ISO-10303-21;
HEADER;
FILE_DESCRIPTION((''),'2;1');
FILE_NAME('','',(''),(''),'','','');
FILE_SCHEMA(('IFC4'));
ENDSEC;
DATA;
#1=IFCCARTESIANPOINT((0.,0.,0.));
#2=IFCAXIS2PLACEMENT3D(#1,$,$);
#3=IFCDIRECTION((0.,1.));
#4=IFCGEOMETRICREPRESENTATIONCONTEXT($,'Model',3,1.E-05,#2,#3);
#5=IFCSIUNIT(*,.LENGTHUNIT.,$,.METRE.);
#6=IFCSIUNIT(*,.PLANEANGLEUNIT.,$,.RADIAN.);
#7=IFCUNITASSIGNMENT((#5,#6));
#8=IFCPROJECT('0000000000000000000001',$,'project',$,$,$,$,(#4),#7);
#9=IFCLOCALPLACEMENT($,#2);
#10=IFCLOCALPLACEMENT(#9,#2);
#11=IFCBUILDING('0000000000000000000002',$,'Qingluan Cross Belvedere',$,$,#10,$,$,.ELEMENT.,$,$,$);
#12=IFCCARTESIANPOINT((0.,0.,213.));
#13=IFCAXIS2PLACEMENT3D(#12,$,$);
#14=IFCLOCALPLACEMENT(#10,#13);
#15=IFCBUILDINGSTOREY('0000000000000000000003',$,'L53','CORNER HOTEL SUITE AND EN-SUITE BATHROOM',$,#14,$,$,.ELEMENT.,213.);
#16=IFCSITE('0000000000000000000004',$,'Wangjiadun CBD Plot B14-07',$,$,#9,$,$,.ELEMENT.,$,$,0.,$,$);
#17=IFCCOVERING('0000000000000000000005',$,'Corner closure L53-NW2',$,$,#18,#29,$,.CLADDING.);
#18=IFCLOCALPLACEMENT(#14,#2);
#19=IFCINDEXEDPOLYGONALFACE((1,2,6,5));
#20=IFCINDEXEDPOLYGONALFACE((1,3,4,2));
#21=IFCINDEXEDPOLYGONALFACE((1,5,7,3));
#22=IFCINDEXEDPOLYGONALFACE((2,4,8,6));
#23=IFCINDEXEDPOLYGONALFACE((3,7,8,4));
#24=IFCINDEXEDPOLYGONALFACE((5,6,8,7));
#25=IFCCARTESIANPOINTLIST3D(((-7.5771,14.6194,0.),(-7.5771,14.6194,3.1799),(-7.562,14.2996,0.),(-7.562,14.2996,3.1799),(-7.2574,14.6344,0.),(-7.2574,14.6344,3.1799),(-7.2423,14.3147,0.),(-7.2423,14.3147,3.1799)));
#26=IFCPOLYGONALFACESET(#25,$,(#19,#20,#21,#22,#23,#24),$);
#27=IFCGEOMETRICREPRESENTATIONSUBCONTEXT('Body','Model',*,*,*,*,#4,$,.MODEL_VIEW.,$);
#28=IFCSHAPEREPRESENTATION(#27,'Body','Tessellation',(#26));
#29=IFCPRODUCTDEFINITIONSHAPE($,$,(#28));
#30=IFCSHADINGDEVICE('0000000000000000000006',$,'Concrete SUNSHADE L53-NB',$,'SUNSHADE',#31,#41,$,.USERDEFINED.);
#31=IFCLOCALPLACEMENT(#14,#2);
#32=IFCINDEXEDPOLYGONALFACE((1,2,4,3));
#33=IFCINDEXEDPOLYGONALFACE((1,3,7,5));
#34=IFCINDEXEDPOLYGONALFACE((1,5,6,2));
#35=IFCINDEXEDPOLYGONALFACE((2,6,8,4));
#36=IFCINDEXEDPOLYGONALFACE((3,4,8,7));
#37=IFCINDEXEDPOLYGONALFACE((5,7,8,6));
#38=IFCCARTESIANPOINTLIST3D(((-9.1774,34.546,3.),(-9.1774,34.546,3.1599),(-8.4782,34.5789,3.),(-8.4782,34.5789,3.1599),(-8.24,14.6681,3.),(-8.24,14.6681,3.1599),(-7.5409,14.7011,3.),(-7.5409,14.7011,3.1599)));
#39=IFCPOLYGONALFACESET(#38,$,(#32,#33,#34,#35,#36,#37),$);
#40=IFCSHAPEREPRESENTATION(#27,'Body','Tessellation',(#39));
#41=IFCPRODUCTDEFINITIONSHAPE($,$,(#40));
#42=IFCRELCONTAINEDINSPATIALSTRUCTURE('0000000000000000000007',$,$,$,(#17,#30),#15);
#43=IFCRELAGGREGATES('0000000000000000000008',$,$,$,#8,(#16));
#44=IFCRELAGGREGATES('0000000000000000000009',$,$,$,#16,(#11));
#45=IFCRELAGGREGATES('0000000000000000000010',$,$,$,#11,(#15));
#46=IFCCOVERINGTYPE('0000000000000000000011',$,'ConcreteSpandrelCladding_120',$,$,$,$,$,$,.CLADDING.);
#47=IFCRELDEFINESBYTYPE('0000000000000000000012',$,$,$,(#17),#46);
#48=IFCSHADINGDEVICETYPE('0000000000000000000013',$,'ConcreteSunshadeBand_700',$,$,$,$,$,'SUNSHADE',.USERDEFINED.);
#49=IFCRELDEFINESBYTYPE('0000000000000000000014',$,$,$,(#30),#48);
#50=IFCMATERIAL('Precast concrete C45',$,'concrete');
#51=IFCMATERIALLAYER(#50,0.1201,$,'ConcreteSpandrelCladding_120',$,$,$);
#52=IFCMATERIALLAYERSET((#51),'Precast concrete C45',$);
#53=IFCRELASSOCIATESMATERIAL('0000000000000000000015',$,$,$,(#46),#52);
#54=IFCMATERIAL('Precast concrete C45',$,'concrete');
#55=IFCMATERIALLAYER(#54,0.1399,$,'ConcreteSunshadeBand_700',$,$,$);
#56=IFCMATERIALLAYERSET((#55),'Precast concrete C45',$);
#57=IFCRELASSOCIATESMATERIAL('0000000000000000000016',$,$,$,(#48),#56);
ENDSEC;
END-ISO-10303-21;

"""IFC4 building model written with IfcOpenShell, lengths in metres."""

from ifc_helpers import new_model, si_unit, direction, frame, origin, origin_2d, place, context, subcontext, project, spatial, rectangle, extrude, material, layer, layer_set, type_object, element, save


model = new_model("IFC4")

# Units and contexts
model_context = context("Model", 3, precision=1e-05, world=origin(), true_north=direction((0.0, 1.0)))
body_context = subcontext(model_context, "Body", "Model", "MODEL_VIEW")
ifc_project = project(units=[si_unit("LENGTHUNIT", "METRE"), si_unit("PLANEANGLEUNIT", "RADIAN")], contexts=[model_context])

# Site, building, storey
site_placement = place(None, origin())
site = spatial("IfcSite", under=ifc_project, at=site_placement, Name="Wangjiadun CBD Plot B14-07", CompositionType="ELEMENT", RefElevation=0.0)
building_placement = place(site_placement, origin())
building = spatial("IfcBuilding", under=site, at=building_placement, Name="Qingluan Cross Belvedere", CompositionType="ELEMENT")
storey_placement = place(building_placement, frame((0.0, 0.0, 213.0)))
storey = spatial("IfcBuildingStorey", under=building, at=storey_placement, Name="L53", Description="CORNER HOTEL SUITE AND EN-SUITE BATHROOM", CompositionType="ELEMENT", Elevation=213.0)

# Covering
ifc_material_1 = material(Name="Precast concrete C45", Category="concrete")
ifc_layer_1 = layer(ifc_material_1, 0.1201, Name="ConcreteSpandrelCladding_120")
ifc_layer_set_1 = layer_set([ifc_layer_1], Name="Precast concrete C45")
covering_type = type_object("IfcCoveringType", Name="ConcreteSpandrelCladding_120", PredefinedType="CLADDING", material=ifc_layer_set_1)
covering_placement = place(storey_placement, frame((-7.4097, 14.467, 0.0), z_axis=(0.0, 0.0, 1.0), x_axis=(0.99889, 0.047106, 0.0)))
element("IfcCovering", 1, at=covering_placement, inside=storey, type_object=covering_type, Name="Corner closure L53-NW2", PredefinedType="CLADDING", context=body_context, shape_type="SweptSolid", body=[
    extrude(rectangle(XDim=0.3201, YDim=0.3201, at=origin_2d()), origin(), (0.0, 0.0, 1.0), 3.1799),
])

# Shading device
ifc_material_2 = material(Name="Precast concrete C45", Category="concrete")
ifc_layer_2 = layer(ifc_material_2, 0.1399, Name="ConcreteSunshadeBand_700")
ifc_layer_set_2 = layer_set([ifc_layer_2], Name="Precast concrete C45")
shading_device_type = type_object("IfcShadingDeviceType", Name="ConcreteSunshadeBand_700", ElementType="SUNSHADE", PredefinedType="USERDEFINED", material=ifc_layer_set_2)
shading_device_placement = place(storey_placement, frame((-8.3591, 24.6235, 3.0), z_axis=(0.0, 0.0, 1.0), x_axis=(0.047105, -0.99889, 0.0)))
element("IfcShadingDevice", 2, at=shading_device_placement, inside=storey, type_object=shading_device_type, Name="Concrete SUNSHADE L53-NB", ObjectType="SUNSHADE", PredefinedType="USERDEFINED", context=body_context, shape_type="SweptSolid", body=[
    extrude(rectangle(XDim=19.8999, YDim=0.7, at=origin_2d()), origin(), (0.0, 0.0, 1.0), 0.1599),
])

save(model, "model.ifc")
